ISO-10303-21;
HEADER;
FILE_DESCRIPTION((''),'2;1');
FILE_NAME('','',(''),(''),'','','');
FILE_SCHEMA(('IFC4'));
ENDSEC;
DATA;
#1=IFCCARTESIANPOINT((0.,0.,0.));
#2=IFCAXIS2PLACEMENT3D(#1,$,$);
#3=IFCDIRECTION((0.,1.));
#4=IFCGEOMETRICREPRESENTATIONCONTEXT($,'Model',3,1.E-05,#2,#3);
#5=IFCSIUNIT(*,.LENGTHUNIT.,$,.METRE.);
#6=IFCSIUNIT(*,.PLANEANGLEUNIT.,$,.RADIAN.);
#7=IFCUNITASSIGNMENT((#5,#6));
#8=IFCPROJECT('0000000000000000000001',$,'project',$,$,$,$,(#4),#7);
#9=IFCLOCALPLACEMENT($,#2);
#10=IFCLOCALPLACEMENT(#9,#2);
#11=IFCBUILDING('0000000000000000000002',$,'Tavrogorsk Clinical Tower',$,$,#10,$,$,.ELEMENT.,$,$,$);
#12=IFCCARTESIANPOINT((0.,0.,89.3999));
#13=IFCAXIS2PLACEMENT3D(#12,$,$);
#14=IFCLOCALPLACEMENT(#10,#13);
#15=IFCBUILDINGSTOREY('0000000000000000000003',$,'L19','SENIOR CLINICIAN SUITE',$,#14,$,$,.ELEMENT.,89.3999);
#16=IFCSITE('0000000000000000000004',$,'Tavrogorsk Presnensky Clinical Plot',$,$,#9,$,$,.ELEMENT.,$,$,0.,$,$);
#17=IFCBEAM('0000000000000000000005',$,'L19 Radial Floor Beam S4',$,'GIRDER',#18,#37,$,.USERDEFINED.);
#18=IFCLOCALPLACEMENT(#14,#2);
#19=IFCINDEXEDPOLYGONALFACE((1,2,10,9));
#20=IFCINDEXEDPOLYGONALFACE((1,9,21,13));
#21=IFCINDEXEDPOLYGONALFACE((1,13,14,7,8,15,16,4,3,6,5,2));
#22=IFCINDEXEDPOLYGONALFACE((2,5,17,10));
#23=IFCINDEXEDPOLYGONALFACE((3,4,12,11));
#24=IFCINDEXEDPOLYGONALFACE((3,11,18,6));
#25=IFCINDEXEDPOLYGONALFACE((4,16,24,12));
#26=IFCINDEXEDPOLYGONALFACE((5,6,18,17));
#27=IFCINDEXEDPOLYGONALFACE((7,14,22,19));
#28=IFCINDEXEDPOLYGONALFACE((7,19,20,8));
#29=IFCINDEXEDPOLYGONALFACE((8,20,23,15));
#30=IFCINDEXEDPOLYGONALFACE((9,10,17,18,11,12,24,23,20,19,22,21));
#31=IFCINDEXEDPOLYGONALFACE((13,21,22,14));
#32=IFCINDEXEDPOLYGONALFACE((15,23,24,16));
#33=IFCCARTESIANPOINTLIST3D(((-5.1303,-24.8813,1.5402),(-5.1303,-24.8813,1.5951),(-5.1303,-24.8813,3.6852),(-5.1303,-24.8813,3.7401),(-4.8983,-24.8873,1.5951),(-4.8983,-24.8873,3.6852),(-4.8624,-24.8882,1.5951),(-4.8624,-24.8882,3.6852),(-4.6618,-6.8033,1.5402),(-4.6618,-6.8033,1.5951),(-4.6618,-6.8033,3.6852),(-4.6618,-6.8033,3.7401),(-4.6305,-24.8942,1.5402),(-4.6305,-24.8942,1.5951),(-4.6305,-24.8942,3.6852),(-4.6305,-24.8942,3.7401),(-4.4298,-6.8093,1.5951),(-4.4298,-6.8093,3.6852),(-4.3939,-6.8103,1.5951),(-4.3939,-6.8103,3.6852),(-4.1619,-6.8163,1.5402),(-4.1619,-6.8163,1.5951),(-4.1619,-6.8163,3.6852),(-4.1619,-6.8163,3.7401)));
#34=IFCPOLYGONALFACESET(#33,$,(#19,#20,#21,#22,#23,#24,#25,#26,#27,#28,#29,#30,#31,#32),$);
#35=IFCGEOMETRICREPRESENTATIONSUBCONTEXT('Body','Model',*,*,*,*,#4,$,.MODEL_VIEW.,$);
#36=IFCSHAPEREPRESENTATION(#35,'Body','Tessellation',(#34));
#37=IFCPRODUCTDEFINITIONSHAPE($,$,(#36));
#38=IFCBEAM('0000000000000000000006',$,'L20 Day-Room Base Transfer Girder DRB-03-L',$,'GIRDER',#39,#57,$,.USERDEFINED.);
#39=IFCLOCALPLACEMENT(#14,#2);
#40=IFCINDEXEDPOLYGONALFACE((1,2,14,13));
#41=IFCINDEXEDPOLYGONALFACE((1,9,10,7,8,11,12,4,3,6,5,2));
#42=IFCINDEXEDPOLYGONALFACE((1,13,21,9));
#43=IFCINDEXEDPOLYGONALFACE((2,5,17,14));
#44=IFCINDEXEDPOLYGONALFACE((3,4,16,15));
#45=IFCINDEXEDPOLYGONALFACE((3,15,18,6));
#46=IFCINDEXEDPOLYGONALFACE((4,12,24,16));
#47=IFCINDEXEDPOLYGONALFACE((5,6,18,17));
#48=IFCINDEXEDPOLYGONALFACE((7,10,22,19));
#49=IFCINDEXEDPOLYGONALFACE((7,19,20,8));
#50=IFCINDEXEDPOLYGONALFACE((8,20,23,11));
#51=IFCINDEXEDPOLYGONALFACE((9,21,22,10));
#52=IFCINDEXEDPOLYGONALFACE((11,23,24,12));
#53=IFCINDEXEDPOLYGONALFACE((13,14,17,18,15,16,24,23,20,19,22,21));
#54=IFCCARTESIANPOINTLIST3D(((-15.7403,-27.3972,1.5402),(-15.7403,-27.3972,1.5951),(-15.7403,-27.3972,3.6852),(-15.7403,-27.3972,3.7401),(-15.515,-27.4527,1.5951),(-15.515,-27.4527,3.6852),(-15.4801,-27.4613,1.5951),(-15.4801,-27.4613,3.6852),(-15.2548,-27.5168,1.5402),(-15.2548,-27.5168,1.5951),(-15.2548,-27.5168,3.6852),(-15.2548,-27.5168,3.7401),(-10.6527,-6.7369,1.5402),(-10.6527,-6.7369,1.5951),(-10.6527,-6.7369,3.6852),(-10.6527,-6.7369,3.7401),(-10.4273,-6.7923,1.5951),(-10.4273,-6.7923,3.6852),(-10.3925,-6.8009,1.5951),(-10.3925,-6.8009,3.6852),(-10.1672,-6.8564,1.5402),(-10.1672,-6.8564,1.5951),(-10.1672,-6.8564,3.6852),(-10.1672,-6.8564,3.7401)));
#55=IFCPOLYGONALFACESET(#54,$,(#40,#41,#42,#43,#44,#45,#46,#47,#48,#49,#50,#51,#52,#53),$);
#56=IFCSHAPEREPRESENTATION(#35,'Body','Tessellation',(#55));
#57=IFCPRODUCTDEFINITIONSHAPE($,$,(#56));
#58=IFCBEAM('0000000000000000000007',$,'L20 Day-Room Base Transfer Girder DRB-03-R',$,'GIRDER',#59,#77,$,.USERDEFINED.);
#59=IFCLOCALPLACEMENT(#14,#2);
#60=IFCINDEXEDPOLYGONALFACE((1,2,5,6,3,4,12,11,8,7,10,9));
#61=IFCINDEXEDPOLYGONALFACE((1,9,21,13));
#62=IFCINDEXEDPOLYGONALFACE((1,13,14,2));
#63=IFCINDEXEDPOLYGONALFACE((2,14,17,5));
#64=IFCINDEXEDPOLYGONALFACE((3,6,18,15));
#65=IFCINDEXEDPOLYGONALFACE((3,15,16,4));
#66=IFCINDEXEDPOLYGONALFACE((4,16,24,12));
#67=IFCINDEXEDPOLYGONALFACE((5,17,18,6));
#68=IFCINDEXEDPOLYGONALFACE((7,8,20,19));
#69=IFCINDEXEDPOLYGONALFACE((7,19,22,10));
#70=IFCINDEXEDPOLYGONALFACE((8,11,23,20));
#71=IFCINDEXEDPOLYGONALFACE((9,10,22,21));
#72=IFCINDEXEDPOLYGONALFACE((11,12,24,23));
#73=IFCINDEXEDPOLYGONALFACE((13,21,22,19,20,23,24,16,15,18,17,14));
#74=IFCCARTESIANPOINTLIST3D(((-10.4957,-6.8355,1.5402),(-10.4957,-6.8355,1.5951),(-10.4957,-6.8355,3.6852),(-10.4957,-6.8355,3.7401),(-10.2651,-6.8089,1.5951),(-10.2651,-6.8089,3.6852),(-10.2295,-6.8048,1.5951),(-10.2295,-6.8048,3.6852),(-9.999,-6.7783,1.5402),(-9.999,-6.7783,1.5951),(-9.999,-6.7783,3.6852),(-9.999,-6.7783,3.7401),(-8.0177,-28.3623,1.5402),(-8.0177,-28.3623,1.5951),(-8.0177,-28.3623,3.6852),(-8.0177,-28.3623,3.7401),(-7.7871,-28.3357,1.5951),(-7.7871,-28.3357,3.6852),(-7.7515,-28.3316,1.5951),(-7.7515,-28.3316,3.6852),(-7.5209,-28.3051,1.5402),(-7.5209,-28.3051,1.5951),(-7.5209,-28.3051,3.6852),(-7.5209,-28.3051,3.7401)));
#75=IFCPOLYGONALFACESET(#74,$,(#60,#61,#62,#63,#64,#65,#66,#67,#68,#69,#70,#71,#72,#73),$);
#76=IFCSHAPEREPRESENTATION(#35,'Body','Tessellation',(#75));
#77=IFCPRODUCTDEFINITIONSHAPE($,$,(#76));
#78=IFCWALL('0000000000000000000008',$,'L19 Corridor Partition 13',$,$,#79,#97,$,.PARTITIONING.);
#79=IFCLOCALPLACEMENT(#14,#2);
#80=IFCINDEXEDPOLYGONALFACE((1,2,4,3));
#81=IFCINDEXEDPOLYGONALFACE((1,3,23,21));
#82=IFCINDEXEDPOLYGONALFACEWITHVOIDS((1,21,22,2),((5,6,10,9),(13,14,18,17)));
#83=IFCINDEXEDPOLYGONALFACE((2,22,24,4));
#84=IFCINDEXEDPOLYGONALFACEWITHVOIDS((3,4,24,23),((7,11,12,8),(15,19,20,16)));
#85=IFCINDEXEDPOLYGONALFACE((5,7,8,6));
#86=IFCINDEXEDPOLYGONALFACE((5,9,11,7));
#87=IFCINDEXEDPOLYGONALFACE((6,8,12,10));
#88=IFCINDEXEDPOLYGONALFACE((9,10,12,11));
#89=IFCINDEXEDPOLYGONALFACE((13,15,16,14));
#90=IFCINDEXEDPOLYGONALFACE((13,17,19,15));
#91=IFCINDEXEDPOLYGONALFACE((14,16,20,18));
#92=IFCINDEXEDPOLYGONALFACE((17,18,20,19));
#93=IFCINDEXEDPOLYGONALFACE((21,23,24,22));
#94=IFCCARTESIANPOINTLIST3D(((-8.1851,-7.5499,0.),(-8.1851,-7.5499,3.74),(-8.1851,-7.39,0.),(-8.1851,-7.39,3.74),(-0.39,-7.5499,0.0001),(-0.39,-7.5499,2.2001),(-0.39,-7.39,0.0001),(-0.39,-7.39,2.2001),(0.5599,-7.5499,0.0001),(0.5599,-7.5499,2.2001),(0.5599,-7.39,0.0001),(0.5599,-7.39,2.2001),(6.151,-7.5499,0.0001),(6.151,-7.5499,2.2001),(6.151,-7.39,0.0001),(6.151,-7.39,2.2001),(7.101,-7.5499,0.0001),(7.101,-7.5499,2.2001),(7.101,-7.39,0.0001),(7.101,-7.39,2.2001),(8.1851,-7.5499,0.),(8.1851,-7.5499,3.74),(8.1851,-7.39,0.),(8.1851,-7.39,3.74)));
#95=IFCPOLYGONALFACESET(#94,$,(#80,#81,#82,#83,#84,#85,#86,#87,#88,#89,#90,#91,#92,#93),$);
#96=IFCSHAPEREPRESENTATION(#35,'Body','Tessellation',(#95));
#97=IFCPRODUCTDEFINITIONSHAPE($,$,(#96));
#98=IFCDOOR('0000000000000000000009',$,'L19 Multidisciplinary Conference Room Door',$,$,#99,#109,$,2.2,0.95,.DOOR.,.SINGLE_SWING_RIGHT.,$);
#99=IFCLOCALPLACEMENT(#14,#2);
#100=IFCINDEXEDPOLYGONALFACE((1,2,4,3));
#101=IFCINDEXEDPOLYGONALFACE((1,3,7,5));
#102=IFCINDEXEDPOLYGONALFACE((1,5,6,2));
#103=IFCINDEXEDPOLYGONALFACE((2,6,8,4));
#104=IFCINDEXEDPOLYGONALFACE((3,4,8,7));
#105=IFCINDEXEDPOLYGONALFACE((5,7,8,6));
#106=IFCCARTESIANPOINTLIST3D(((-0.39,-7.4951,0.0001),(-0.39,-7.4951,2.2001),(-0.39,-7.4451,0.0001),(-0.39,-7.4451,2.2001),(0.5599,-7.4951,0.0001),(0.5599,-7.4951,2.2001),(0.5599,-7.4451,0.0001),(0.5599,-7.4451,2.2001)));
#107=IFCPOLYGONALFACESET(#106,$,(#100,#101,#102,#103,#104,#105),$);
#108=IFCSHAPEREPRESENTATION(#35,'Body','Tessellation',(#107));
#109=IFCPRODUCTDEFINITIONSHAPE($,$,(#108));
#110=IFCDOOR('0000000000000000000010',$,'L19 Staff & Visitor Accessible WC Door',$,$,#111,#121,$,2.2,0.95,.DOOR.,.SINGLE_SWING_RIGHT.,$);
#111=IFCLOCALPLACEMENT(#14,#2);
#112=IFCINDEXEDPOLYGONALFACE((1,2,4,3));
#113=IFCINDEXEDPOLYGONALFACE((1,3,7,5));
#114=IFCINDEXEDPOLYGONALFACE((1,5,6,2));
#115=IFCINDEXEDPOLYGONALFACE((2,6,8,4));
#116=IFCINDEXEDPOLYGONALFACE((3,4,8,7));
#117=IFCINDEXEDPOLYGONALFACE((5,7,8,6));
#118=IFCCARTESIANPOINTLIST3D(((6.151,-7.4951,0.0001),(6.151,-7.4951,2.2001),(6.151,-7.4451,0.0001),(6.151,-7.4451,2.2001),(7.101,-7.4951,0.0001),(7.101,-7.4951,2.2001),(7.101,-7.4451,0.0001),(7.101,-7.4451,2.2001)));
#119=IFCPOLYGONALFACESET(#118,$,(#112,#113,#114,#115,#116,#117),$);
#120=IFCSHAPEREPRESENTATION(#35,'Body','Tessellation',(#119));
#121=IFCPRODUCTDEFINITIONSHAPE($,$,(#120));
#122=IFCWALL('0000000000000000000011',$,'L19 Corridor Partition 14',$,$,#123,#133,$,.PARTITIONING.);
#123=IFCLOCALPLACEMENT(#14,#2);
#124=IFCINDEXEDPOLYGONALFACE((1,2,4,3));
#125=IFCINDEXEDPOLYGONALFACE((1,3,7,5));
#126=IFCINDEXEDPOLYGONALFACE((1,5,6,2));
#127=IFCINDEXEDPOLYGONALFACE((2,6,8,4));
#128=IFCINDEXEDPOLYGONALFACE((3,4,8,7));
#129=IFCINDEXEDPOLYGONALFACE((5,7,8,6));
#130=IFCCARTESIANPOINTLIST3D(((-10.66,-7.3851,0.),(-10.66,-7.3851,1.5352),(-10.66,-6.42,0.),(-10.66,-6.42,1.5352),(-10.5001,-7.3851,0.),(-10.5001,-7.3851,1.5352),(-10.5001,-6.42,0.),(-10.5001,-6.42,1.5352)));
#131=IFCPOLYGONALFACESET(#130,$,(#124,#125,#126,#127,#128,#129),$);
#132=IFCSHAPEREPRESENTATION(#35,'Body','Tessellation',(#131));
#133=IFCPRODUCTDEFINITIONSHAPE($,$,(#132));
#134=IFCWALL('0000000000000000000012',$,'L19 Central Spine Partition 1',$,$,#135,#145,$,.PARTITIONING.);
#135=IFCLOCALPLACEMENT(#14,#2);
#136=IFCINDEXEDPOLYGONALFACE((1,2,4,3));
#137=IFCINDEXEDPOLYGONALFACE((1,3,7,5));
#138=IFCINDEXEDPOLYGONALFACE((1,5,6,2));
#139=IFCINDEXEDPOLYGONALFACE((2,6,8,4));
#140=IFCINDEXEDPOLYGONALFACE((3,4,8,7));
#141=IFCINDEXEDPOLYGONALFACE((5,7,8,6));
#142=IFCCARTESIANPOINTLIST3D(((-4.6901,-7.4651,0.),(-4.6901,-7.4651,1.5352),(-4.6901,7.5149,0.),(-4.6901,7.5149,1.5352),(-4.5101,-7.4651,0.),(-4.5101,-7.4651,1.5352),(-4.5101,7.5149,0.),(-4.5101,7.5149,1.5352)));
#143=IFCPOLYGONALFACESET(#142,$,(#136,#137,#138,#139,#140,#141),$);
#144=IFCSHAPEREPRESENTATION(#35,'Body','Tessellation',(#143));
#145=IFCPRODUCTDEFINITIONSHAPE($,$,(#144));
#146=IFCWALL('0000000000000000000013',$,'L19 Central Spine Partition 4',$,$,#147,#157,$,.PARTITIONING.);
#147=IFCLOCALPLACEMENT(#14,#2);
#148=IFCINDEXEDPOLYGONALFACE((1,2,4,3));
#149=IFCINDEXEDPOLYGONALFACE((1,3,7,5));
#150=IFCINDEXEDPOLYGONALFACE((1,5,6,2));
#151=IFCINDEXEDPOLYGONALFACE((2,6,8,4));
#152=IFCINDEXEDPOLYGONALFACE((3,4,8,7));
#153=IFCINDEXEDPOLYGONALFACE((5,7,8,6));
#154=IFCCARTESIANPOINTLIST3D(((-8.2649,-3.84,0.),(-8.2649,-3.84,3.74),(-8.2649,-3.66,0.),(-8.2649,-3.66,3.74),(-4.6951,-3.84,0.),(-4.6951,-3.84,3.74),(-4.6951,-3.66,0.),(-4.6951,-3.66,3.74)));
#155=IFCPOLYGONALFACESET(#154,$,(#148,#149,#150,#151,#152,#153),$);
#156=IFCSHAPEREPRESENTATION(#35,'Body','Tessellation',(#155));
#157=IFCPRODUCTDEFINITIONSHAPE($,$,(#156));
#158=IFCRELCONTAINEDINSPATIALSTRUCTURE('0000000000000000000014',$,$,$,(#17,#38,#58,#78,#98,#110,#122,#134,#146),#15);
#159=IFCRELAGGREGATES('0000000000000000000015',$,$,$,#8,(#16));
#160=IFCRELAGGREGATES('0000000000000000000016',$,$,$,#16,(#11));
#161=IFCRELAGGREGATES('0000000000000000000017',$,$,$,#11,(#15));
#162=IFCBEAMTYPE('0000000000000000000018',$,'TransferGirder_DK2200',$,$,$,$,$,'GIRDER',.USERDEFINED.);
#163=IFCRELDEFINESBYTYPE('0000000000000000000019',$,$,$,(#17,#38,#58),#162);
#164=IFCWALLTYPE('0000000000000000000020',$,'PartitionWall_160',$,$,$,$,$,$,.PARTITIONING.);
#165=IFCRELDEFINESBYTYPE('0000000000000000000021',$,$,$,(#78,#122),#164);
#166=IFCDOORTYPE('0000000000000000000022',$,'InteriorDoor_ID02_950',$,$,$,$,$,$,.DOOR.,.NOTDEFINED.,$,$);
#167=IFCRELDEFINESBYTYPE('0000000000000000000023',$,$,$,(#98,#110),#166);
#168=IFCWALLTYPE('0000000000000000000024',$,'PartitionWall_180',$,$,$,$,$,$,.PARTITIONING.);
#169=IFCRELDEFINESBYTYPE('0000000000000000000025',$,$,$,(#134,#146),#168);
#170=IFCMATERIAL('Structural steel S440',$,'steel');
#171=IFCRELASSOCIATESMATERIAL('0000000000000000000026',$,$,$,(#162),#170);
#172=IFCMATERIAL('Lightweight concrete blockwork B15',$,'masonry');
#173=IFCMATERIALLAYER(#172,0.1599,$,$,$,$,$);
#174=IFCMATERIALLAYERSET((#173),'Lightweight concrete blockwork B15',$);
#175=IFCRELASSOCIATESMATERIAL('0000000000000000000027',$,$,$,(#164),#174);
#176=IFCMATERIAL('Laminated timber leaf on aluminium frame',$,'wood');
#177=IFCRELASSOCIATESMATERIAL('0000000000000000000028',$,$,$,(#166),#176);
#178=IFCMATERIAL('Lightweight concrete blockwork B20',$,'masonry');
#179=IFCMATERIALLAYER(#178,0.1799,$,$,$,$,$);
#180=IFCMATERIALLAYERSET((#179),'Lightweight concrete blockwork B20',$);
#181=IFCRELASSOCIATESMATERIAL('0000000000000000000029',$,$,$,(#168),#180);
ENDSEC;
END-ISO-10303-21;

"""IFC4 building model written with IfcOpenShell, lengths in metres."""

from ifc_helpers import new_model, si_unit, direction, frame, frame_2d, origin, origin_2d, place, context, subcontext, project, spatial, rectangle, i_section, extrude, material, layer, layer_set, material_profile, profile_set, type_object, element, fill, save


model = new_model("IFC4")

# Units and contexts
model_context = context("Model", 3, precision=1e-05, world=origin(), true_north=direction((0.0, 1.0)))
body_context = subcontext(model_context, "Body", "Model", "MODEL_VIEW")
ifc_project = project(units=[si_unit("LENGTHUNIT", "METRE"), si_unit("PLANEANGLEUNIT", "RADIAN")], contexts=[model_context])

# Site, building, storey
site_placement = place(None, origin())
site = spatial("IfcSite", under=ifc_project, at=site_placement, Name="Tavrogorsk Presnensky Clinical Plot", CompositionType="ELEMENT", RefElevation=0.0)
building_placement = place(site_placement, origin())
building = spatial("IfcBuilding", under=site, at=building_placement, Name="Tavrogorsk Clinical Tower", CompositionType="ELEMENT")
storey_placement = place(building_placement, frame((0.0, 0.0, 89.3999)))
storey = spatial("IfcBuildingStorey", under=building, at=storey_placement, Name="L19", Description="SENIOR CLINICIAN SUITE", CompositionType="ELEMENT", Elevation=89.3999)

# Beams
ifc_material_1 = material(Name="Structural steel S440", Category="steel")
ifc_material_profile_1 = material_profile(ifc_material_1, i_section(OverallWidth=0.5, OverallDepth=2.2, WebThickness=0.0359, FlangeThickness=0.0549, at=origin_2d()), Name="DK-2200x500x36x55")
ifc_profile_set_1 = profile_set([ifc_material_profile_1], Name="Structural steel S440")
beam_type_1 = type_object("IfcBeamType", Name="TransferGirder_DK2200", ElementType="GIRDER", PredefinedType="USERDEFINED", material=ifc_profile_set_1)
beam_1_placement = place(storey_placement, frame((-4.4119, -6.8098, 2.6401), z_axis=(-0.025907, -0.999664, 0.0), x_axis=(0.999664, -0.025907, 0.0)))
element("IfcBeam", 1, at=beam_1_placement, inside=storey, type_object=beam_type_1, Name="L19 Radial Floor Beam S4", ObjectType="GIRDER", PredefinedType="USERDEFINED", context=body_context, shape_type="SweptSolid", body=[
    extrude(i_section(OverallWidth=0.5, OverallDepth=2.2, WebThickness=0.0359, FlangeThickness=0.0549, at=origin_2d()), origin(), (0.0, 0.0, 1.0), 18.084),
])
beam_2_placement = place(storey_placement, frame((-10.4099, -6.7966, 2.6401), z_axis=(-0.239108, -0.970993, 0.0), x_axis=(0.970993, -0.239108, 0.0)))
element("IfcBeam", 2, at=beam_2_placement, inside=storey, type_object=beam_type_1, Name="L20 Day-Room Base Transfer Girder DRB-03-L", ObjectType="GIRDER", PredefinedType="USERDEFINED", context=body_context, shape_type="SweptSolid", body=[
    extrude(i_section(OverallWidth=0.5, OverallDepth=2.2, WebThickness=0.0359, FlangeThickness=0.0549, at=origin_2d()), origin(), (0.0, 0.0, 1.0), 21.2776),
])
beam_3_placement = place(storey_placement, frame((-10.2473, -6.8069, 2.6401), z_axis=(0.114358, -0.99344, 0.0), x_axis=(0.99344, 0.114358, 0.0)))
element("IfcBeam", 3, at=beam_3_placement, inside=storey, type_object=beam_type_1, Name="L20 Day-Room Base Transfer Girder DRB-03-R", ObjectType="GIRDER", PredefinedType="USERDEFINED", context=body_context, shape_type="SweptSolid", body=[
    extrude(i_section(OverallWidth=0.5, OverallDepth=2.2, WebThickness=0.0359, FlangeThickness=0.0549, at=origin_2d()), origin(), (0.0, 0.0, 1.0), 21.6689),
])

# Wall, openings, doors
ifc_material_2 = material(Name="Lightweight concrete blockwork B15", Category="masonry")
ifc_layer_1 = layer(ifc_material_2, 0.1599)
ifc_layer_set_1 = layer_set([ifc_layer_1], Name="Lightweight concrete blockwork B15")
wall_type_1 = type_object("IfcWallType", Name="PartitionWall_160", PredefinedType="PARTITIONING", material=ifc_layer_set_1)
wall_1_placement = place(storey_placement, frame((-8.1851, -7.47, 0.0), z_axis=(0.0, 0.0, 1.0), x_axis=(1.0, 0.0, 0.0)))
wall_1 = element("IfcWall", 4, at=wall_1_placement, inside=storey, type_object=wall_type_1, Name="L19 Corridor Partition 13", PredefinedType="PARTITIONING", context=body_context, shape_type="SweptSolid", body=[
    extrude(rectangle(XDim=16.3701, YDim=0.1599, at=frame_2d((8.1851, 0.0))), origin(), (0.0, 0.0, 1.0), 3.74),
])
opening_1_placement = place(wall_1_placement, frame((7.7949, 0.0, 0.0)))
opening_1 = element("IfcOpeningElement", 5, at=opening_1_placement, cuts=wall_1, PredefinedType="OPENING", context=body_context, shape_type="SweptSolid", body=[
    extrude(rectangle(XDim=0.95, YDim=2.2, at=frame_2d((0.4751, 1.1001))), frame((0.0, 0.0898, 0.0), z_axis=(0.0, -1.0, 0.0), x_axis=(1.0, 0.0, 0.0)), (0.0, 0.0, 1.0), 0.1799),
])
opening_2_placement = place(wall_1_placement, frame((14.3359, 0.0, 0.0)))
opening_2 = element("IfcOpeningElement", 6, at=opening_2_placement, cuts=wall_1, PredefinedType="OPENING", context=body_context, shape_type="SweptSolid", body=[
    extrude(rectangle(XDim=0.95, YDim=2.2, at=frame_2d((0.4751, 1.1001))), frame((0.0, 0.0898, 0.0), z_axis=(0.0, -1.0, 0.0), x_axis=(1.0, 0.0, 0.0)), (0.0, 0.0, 1.0), 0.1799),
])
ifc_material_3 = material(Name="Laminated timber leaf on aluminium frame", Category="wood")
door_type_1 = type_object("IfcDoorType", Name="InteriorDoor_ID02_950", OperationType="NOTDEFINED", PredefinedType="DOOR", material=ifc_material_3)
door_1_placement = place(opening_1_placement, origin())
door_1 = element("IfcDoor", 7, at=door_1_placement, inside=storey, type_object=door_type_1, Name="L19 Multidisciplinary Conference Room Door", OperationType="SINGLE_SWING_RIGHT", OverallHeight=2.2, OverallWidth=0.95, PredefinedType="DOOR", context=body_context, shape_type="SweptSolid", body=[
    extrude(rectangle(XDim=0.95, YDim=2.2, at=frame_2d((0.4751, 1.1001))), frame((0.0, 0.0249, 0.0), z_axis=(0.0, -1.0, 0.0), x_axis=(1.0, 0.0, 0.0)), (0.0, 0.0, 1.0), 0.05),
])
fill(opening_1, door_1)
door_2_placement = place(opening_2_placement, origin())
door_2 = element("IfcDoor", 8, at=door_2_placement, inside=storey, type_object=door_type_1, Name="L19 Staff & Visitor Accessible WC Door", OperationType="SINGLE_SWING_RIGHT", OverallHeight=2.2, OverallWidth=0.95, PredefinedType="DOOR", context=body_context, shape_type="SweptSolid", body=[
    extrude(rectangle(XDim=0.95, YDim=2.2, at=frame_2d((0.4751, 1.1001))), frame((0.0, 0.0249, 0.0), z_axis=(0.0, -1.0, 0.0), x_axis=(1.0, 0.0, 0.0)), (0.0, 0.0, 1.0), 0.05),
])
fill(opening_2, door_2)

# Walls
wall_2_placement = place(storey_placement, frame((-10.5801, -7.385, 0.0), z_axis=(0.0, 0.0, 1.0), x_axis=(0.0, 1.0, 0.0)))
element("IfcWall", 9, at=wall_2_placement, inside=storey, type_object=wall_type_1, Name="L19 Corridor Partition 14", PredefinedType="PARTITIONING", context=body_context, shape_type="SweptSolid", body=[
    extrude(rectangle(XDim=0.9651, YDim=0.1599, at=frame_2d((0.4824, 0.0))), origin(), (0.0, 0.0, 1.0), 1.5352),
])
ifc_material_4 = material(Name="Lightweight concrete blockwork B20", Category="masonry")
ifc_layer_2 = layer(ifc_material_4, 0.1799)
ifc_layer_set_2 = layer_set([ifc_layer_2], Name="Lightweight concrete blockwork B20")
wall_type_2 = type_object("IfcWallType", Name="PartitionWall_180", PredefinedType="PARTITIONING", material=ifc_layer_set_2)
wall_3_placement = place(storey_placement, frame((-4.6001, -7.4651, 0.0), z_axis=(0.0, 0.0, 1.0), x_axis=(0.0, 1.0, 0.0)))
element("IfcWall", 10, at=wall_3_placement, inside=storey, type_object=wall_type_2, Name="L19 Central Spine Partition 1", PredefinedType="PARTITIONING", context=body_context, shape_type="SweptSolid", body=[
    extrude(rectangle(XDim=14.98, YDim=0.1799, at=frame_2d((7.49, 0.0))), origin(), (0.0, 0.0, 1.0), 1.5352),
])
wall_4_placement = place(storey_placement, frame((-8.2649, -3.75, 0.0), z_axis=(0.0, 0.0, 1.0), x_axis=(1.0, 0.0, 0.0)))
element("IfcWall", 11, at=wall_4_placement, inside=storey, type_object=wall_type_2, Name="L19 Central Spine Partition 4", PredefinedType="PARTITIONING", context=body_context, shape_type="SweptSolid", body=[
    extrude(rectangle(XDim=3.5698, YDim=0.1799, at=frame_2d((1.7849, 0.0))), origin(), (0.0, 0.0, 1.0), 3.74),
])

save(model, "model.ifc")
